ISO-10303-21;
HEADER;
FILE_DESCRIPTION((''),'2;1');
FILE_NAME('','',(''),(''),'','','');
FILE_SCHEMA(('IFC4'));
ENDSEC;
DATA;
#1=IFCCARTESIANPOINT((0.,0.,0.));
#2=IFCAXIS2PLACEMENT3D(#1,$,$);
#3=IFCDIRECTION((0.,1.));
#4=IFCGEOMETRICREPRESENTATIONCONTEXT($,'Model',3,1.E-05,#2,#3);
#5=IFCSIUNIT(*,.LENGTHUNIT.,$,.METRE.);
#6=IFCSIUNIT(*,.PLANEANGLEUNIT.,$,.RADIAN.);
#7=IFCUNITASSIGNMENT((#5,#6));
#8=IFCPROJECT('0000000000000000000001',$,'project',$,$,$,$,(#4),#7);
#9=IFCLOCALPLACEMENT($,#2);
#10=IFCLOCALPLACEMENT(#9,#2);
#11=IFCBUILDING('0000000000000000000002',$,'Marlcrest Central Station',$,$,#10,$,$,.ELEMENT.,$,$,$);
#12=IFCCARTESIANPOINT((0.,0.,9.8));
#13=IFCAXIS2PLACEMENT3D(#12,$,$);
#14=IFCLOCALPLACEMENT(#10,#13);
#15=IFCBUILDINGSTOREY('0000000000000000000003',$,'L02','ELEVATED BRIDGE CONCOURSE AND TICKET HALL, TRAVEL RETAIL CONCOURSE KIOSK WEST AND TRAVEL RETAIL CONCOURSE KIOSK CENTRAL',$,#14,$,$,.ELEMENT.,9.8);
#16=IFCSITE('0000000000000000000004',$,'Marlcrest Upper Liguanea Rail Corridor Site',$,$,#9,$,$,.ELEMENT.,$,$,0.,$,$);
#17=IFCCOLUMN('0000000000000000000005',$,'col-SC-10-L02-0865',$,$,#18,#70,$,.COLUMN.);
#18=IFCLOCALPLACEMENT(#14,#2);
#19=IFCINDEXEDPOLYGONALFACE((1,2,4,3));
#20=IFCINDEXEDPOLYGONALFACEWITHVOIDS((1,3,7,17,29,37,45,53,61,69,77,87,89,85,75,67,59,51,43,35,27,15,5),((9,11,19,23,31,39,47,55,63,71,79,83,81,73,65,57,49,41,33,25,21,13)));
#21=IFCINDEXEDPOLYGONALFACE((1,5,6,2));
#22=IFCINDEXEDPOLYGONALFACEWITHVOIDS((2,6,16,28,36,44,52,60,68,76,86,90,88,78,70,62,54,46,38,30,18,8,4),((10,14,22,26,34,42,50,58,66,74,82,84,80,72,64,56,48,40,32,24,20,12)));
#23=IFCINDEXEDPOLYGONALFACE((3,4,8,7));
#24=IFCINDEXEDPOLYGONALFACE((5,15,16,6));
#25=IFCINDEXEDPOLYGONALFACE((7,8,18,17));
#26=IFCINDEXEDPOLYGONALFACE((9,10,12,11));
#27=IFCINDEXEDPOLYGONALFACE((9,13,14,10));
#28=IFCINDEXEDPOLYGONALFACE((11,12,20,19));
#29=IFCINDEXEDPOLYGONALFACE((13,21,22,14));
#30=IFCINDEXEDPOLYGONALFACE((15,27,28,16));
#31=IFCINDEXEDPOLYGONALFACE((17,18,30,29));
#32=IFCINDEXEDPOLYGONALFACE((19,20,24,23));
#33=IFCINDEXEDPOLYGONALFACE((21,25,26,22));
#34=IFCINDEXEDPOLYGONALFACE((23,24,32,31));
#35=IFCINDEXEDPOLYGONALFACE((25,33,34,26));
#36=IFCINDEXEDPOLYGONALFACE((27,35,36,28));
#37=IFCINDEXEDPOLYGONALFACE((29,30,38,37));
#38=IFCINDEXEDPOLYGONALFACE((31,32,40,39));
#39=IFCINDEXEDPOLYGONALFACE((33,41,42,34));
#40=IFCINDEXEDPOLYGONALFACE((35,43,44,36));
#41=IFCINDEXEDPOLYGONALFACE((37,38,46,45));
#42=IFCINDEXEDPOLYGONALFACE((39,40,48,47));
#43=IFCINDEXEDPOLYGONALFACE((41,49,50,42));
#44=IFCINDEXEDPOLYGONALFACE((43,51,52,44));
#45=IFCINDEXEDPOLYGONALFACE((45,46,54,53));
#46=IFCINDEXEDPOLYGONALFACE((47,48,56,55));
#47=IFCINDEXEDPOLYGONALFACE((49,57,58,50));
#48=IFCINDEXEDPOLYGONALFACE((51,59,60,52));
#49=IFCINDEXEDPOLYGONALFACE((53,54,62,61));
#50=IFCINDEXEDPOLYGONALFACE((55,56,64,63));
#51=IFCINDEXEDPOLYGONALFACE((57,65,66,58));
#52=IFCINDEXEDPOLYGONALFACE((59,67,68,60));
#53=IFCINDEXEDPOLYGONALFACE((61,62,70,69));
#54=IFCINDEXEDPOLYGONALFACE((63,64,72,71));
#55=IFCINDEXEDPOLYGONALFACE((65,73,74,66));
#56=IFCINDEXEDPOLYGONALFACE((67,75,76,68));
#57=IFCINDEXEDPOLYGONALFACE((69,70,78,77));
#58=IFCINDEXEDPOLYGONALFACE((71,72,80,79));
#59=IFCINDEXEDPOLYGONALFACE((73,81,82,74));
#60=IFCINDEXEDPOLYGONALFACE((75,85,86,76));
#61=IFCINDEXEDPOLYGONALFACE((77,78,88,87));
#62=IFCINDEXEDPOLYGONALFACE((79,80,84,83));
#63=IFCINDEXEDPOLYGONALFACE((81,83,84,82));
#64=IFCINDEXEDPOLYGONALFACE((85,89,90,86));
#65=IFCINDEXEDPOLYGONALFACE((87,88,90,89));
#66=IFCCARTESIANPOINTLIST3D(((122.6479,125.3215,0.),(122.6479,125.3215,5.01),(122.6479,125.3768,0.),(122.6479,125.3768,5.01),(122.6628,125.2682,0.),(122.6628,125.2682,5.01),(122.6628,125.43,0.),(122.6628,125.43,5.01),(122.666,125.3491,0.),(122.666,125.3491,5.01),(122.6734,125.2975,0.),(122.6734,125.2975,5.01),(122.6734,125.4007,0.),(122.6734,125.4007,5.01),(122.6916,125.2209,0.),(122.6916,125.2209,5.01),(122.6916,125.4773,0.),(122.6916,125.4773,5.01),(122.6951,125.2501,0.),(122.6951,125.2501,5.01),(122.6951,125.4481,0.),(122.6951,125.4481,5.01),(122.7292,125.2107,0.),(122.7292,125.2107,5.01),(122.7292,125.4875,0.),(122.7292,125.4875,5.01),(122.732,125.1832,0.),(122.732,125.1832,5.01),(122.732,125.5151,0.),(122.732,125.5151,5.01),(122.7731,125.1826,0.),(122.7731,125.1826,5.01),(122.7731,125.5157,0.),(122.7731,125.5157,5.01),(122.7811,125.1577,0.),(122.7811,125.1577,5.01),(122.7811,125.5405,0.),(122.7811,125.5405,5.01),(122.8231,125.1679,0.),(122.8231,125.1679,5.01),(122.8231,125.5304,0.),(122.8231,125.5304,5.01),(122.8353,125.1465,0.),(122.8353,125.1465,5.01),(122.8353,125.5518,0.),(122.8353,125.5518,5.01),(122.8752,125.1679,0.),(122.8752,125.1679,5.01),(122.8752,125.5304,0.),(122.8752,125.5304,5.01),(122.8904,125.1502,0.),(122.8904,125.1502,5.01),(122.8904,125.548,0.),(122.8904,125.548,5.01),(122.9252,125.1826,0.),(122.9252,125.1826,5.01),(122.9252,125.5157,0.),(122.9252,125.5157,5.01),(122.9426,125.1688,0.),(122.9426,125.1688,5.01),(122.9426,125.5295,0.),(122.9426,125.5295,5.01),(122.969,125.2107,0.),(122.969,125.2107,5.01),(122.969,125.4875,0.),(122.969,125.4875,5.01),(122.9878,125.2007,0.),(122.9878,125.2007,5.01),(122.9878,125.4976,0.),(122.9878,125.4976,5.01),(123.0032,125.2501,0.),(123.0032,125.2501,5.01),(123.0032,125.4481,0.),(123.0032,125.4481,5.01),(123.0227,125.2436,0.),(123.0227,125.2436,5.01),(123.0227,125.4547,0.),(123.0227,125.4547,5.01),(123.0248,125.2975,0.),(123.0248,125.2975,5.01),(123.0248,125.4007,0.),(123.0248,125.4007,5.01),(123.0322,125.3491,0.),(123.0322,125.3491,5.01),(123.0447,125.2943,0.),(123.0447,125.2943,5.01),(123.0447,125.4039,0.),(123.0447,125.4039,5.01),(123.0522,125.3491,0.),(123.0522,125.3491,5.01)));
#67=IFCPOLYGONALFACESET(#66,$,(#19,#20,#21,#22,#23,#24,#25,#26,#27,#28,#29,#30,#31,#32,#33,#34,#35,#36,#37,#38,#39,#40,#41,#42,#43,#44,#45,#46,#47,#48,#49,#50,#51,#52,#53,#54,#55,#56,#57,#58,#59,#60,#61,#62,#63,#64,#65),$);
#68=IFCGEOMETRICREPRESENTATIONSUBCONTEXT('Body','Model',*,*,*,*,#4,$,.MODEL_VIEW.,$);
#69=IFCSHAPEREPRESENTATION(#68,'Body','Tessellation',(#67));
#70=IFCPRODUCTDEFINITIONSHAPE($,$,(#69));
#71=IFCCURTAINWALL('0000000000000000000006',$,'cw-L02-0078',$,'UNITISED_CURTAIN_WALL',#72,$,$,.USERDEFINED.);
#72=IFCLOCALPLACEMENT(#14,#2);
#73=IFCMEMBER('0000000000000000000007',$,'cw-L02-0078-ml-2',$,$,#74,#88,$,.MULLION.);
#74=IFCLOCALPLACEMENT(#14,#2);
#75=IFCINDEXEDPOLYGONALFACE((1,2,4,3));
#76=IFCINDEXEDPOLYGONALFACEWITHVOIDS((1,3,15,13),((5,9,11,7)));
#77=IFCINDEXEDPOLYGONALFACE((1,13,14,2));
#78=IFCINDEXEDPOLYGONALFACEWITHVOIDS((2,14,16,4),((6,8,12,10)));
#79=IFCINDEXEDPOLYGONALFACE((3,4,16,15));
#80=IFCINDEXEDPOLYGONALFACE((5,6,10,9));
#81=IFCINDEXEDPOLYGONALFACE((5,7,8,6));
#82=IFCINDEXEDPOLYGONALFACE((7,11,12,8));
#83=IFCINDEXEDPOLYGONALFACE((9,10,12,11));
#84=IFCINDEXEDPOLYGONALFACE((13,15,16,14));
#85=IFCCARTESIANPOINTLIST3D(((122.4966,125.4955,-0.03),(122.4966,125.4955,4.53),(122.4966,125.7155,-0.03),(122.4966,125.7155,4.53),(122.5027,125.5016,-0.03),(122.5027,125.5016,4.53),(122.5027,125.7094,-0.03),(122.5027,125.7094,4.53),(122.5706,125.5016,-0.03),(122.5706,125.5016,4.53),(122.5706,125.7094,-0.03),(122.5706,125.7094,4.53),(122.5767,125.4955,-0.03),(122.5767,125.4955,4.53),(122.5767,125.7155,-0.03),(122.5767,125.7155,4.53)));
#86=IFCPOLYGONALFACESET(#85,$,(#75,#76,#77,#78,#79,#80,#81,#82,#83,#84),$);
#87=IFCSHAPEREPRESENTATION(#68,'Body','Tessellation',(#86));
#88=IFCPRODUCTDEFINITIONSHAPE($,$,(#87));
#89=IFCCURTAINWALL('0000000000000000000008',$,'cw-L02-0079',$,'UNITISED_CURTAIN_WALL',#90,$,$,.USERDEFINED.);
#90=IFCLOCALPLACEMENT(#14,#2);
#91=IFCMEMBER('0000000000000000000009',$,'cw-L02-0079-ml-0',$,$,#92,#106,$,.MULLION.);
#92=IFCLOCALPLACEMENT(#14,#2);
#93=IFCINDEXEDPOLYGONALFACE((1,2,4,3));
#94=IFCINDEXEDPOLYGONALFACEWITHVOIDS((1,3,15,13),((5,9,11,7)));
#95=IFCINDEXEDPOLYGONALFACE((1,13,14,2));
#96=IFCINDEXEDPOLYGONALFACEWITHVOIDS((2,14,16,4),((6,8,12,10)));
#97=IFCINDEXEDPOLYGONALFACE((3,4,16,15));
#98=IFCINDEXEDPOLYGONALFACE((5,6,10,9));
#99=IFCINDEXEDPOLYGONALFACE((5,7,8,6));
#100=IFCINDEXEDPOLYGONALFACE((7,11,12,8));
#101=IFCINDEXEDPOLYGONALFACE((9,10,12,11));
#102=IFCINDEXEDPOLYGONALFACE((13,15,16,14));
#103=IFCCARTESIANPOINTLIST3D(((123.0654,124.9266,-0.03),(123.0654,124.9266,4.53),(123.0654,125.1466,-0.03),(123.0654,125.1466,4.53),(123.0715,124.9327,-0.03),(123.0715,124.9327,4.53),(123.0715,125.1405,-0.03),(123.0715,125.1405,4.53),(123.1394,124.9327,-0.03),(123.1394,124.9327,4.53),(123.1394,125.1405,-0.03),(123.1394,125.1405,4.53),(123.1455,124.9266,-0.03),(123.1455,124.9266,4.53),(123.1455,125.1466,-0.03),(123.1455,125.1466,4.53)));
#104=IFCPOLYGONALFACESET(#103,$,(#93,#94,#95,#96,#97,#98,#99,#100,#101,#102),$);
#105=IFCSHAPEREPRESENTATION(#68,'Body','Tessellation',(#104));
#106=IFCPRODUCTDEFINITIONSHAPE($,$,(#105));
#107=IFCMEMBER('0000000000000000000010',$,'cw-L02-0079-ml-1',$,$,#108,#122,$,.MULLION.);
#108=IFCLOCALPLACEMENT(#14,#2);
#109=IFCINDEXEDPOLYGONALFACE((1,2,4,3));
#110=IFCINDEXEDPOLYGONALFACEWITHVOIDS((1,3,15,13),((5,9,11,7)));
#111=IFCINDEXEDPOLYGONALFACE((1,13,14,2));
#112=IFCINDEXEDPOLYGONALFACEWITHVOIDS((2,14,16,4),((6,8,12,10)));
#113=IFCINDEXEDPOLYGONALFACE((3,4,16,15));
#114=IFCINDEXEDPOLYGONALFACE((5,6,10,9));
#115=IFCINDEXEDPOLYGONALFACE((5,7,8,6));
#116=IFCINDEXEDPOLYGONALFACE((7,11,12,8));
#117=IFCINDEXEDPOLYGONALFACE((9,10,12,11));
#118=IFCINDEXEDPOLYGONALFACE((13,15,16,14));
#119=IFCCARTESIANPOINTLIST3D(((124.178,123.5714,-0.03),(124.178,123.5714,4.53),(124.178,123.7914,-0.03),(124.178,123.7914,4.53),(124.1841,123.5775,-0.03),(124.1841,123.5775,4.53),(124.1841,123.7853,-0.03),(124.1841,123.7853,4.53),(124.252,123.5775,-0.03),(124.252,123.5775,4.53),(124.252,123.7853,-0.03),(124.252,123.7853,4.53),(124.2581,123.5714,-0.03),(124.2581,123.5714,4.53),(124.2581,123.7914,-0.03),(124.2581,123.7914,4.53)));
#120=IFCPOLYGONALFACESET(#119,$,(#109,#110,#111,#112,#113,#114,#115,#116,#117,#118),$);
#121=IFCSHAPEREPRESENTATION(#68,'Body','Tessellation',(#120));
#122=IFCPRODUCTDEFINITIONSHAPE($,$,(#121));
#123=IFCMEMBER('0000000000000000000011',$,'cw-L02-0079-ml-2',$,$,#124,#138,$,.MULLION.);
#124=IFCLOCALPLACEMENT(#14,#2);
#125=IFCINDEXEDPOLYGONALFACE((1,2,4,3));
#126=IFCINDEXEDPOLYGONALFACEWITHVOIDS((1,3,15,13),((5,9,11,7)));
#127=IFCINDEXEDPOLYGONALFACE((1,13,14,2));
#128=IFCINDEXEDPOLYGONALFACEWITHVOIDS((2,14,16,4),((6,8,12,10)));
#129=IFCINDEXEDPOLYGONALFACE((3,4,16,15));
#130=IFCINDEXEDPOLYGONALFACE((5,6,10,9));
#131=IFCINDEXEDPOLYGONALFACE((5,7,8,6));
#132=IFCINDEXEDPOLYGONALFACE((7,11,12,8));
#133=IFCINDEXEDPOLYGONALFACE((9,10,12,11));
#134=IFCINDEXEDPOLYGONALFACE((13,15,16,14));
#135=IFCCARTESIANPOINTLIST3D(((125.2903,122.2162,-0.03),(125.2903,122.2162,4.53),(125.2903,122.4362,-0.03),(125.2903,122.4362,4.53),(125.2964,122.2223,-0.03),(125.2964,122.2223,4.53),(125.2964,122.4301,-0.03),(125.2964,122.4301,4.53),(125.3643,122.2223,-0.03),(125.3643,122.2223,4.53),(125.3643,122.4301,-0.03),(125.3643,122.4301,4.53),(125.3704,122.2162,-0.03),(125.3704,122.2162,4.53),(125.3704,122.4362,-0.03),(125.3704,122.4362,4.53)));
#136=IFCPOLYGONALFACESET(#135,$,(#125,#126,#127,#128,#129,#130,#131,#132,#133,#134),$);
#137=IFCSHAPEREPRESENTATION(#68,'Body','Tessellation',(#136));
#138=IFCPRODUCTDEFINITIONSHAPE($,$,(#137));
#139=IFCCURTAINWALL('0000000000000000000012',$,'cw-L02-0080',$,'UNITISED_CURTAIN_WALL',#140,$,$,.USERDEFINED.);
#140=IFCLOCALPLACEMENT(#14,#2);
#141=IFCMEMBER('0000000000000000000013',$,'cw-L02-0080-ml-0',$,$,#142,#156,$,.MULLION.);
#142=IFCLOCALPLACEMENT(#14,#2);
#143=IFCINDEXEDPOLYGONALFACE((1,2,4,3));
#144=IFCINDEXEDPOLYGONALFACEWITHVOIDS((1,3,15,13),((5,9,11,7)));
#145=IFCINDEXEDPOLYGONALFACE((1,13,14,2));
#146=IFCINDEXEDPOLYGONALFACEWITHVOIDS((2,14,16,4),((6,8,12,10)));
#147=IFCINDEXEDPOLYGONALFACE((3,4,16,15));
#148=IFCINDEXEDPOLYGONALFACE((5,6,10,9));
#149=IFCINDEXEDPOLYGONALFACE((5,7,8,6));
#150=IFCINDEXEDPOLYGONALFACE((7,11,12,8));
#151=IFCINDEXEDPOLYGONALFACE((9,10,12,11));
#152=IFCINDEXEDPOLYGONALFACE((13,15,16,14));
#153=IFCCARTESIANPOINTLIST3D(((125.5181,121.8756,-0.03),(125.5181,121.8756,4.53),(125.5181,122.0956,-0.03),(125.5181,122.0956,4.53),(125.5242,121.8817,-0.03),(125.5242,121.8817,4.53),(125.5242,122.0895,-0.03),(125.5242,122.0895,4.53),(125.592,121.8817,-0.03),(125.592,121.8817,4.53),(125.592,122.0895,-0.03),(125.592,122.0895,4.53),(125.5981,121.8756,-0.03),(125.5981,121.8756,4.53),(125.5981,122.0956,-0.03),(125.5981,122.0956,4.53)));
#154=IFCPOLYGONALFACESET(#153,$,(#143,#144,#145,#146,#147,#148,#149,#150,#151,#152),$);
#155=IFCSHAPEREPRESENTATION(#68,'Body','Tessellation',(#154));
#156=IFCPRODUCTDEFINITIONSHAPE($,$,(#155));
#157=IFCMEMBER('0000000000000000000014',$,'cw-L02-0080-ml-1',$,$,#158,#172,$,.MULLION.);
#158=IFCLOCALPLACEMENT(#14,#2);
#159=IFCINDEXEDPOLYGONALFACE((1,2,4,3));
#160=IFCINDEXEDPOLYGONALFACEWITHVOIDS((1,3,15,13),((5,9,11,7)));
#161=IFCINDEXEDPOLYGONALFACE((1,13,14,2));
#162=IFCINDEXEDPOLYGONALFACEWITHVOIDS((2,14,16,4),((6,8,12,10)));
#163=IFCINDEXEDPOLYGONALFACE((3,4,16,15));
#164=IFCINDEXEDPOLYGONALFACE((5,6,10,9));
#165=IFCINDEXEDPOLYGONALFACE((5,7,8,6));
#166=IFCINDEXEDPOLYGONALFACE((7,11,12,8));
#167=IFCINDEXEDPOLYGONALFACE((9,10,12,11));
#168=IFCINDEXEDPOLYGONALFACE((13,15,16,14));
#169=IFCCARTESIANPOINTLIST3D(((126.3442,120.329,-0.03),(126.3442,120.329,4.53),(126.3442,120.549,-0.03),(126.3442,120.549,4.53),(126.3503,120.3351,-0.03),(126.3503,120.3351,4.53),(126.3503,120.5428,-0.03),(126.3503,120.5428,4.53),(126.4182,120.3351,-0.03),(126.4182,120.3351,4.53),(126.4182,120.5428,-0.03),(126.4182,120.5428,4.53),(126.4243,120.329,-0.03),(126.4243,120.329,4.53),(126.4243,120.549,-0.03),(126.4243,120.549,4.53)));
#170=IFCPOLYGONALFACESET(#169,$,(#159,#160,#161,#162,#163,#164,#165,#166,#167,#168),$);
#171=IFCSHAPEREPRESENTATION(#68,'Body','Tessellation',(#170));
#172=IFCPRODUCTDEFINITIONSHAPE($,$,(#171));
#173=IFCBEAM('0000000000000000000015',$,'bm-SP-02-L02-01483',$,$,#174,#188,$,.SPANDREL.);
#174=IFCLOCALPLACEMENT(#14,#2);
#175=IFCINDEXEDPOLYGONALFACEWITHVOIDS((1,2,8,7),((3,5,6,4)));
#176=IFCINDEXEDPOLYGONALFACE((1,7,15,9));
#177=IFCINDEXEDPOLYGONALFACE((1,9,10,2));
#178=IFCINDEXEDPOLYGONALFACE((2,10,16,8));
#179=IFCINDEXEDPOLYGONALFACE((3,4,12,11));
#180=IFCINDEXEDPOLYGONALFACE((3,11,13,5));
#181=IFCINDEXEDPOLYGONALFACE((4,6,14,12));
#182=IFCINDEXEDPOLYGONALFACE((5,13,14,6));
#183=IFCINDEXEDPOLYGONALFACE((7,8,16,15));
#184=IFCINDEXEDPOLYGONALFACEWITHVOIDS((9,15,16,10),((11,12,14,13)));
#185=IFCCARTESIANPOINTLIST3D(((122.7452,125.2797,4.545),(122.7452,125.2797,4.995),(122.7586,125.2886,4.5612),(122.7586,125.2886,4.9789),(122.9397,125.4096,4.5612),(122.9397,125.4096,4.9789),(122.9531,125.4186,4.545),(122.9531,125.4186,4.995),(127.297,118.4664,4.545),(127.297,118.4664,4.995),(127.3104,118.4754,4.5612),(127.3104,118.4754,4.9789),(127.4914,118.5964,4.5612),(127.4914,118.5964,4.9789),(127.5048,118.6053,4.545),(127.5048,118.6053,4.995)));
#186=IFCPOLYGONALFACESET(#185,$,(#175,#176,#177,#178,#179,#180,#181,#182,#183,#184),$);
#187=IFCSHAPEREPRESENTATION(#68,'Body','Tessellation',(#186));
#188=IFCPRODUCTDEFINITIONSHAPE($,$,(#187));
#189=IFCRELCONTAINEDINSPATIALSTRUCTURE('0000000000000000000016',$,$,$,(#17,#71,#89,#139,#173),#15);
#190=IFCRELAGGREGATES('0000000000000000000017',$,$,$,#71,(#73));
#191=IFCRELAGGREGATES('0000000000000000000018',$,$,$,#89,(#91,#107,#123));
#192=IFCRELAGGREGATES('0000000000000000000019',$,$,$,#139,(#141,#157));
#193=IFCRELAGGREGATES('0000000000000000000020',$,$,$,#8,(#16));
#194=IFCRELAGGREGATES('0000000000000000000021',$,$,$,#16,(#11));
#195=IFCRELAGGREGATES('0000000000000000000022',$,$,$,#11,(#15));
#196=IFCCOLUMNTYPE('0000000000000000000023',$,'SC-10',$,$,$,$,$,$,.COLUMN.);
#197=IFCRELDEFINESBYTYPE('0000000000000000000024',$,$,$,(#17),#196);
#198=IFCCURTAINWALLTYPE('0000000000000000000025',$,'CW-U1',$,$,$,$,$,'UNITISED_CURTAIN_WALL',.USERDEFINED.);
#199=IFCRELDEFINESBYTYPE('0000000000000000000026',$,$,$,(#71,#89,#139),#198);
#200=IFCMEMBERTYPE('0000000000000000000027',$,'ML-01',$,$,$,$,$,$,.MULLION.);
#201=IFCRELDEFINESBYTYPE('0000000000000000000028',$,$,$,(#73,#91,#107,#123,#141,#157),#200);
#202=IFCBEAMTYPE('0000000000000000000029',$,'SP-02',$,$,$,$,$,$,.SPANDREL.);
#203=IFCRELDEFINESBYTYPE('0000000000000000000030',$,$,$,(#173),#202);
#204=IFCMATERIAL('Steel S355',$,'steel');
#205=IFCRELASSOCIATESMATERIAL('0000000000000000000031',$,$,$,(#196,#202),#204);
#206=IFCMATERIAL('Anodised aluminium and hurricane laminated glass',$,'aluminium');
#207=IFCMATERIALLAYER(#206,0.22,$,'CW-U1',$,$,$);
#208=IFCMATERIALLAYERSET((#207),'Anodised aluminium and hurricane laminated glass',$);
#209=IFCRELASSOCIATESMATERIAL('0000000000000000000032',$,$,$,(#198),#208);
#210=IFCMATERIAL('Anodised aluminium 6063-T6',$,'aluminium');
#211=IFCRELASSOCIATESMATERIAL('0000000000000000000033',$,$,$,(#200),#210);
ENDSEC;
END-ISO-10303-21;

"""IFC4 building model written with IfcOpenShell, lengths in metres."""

from ifc_helpers import new_model, si_unit, direction, frame, origin, origin_2d, place, context, subcontext, project, spatial, hollow_rectangle, hollow_circle, extrude, material, layer, layer_set, material_profile, profile_set, type_object, element, aggregate, save


model = new_model("IFC4")

# Units and contexts
model_context = context("Model", 3, precision=1e-05, world=origin(), true_north=direction((0.0, 1.0)))
body_context = subcontext(model_context, "Body", "Model", "MODEL_VIEW")
ifc_project = project(units=[si_unit("LENGTHUNIT", "METRE"), si_unit("PLANEANGLEUNIT", "RADIAN")], contexts=[model_context])

# Site, building, storey
site_placement = place(None, origin())
site = spatial("IfcSite", under=ifc_project, at=site_placement, Name="Marlcrest Upper Liguanea Rail Corridor Site", CompositionType="ELEMENT", RefElevation=0.0)
building_placement = place(site_placement, origin())
building = spatial("IfcBuilding", under=site, at=building_placement, Name="Marlcrest Central Station", CompositionType="ELEMENT")
storey_placement = place(building_placement, frame((0.0, 0.0, 9.8)))
storey = spatial("IfcBuildingStorey", under=building, at=storey_placement, Name="L02", Description="ELEVATED BRIDGE CONCOURSE AND TICKET HALL, TRAVEL RETAIL CONCOURSE KIOSK WEST AND TRAVEL RETAIL CONCOURSE KIOSK CENTRAL", CompositionType="ELEMENT", Elevation=9.8)

# Column
ifc_material_1 = material(Name="Steel S355", Category="steel")
ifc_material_profile_1 = material_profile(ifc_material_1, hollow_circle(Radius=0.2031, WallThickness=0.02, at=origin_2d()), Name="CHS 406.4x20")
ifc_profile_set_1 = profile_set([ifc_material_profile_1], Name="Steel S355")
column_type = type_object("IfcColumnType", Name="SC-10", PredefinedType="COLUMN", material=ifc_profile_set_1)
column_placement = place(storey_placement, frame((122.8491, 125.3491, 0.0), z_axis=(0.0, 0.0, 1.0), x_axis=(1.0, 0.0, 0.0)))
element("IfcColumn", 1, at=column_placement, inside=storey, type_object=column_type, Name="col-SC-10-L02-0865", PredefinedType="COLUMN", context=body_context, shape_type="SweptSolid", body=[
    extrude(hollow_circle(Radius=0.2031, WallThickness=0.02, at=origin_2d()), origin(), (0.0, 0.0, 1.0), 5.01),
])

# Curtain wall, member
ifc_material_2 = material(Name="Anodised aluminium and hurricane laminated glass", Category="aluminium")
ifc_layer_1 = layer(ifc_material_2, 0.22, Name="CW-U1")
ifc_layer_set_1 = layer_set([ifc_layer_1], Name="Anodised aluminium and hurricane laminated glass")
curtain_wall_type = type_object("IfcCurtainWallType", Name="CW-U1", ElementType="UNITISED_CURTAIN_WALL", PredefinedType="USERDEFINED", material=ifc_layer_set_1)
curtain_wall_1_placement = place(storey_placement, origin())
curtain_wall_1 = element("IfcCurtainWall", 2, at=curtain_wall_1_placement, inside=storey, type_object=curtain_wall_type, Name="cw-L02-0078", ObjectType="UNITISED_CURTAIN_WALL", PredefinedType="USERDEFINED")
ifc_material_3 = material(Name="Anodised aluminium 6063-T6", Category="aluminium")
ifc_material_profile_2 = material_profile(ifc_material_3, hollow_rectangle(XDim=0.0801, YDim=0.22, WallThickness=0.0061, at=origin_2d()), Name="AA-RHS 220x80x6")
ifc_profile_set_2 = profile_set([ifc_material_profile_2], Name="Anodised aluminium 6063-T6")
member_type_1 = type_object("IfcMemberType", Name="ML-01", PredefinedType="MULLION", material=ifc_profile_set_2)
member_1_placement = place(storey_placement, frame((122.5366, 125.6055, -0.03), z_axis=(0.0, 0.0, 1.0), x_axis=(1.0, 0.0, 0.0)))
member_1 = element("IfcMember", 3, at=member_1_placement, type_object=member_type_1, Name="cw-L02-0078-ml-2", PredefinedType="MULLION", context=body_context, shape_type="SweptSolid", body=[
    extrude(hollow_rectangle(XDim=0.0801, YDim=0.22, WallThickness=0.0061, at=origin_2d()), origin(), (0.0, 0.0, 1.0), 4.5601),
])
aggregate(curtain_wall_1, [member_1])

# Curtain walls, members
curtain_wall_2_placement = place(storey_placement, origin())
curtain_wall_2 = element("IfcCurtainWall", 4, at=curtain_wall_2_placement, inside=storey, type_object=curtain_wall_type, Name="cw-L02-0079", ObjectType="UNITISED_CURTAIN_WALL", PredefinedType="USERDEFINED")
member_2_placement = place(storey_placement, frame((123.1055, 125.0366, -0.03), z_axis=(0.0, 0.0, 1.0), x_axis=(1.0, 0.0, 0.0)))
member_2 = element("IfcMember", 5, at=member_2_placement, type_object=member_type_1, Name="cw-L02-0079-ml-0", PredefinedType="MULLION", context=body_context, shape_type="SweptSolid", body=[
    extrude(hollow_rectangle(XDim=0.0801, YDim=0.22, WallThickness=0.0061, at=origin_2d()), origin(), (0.0, 0.0, 1.0), 4.5601),
])
member_3_placement = place(storey_placement, frame((124.218, 123.6814, -0.03), z_axis=(0.0, 0.0, 1.0), x_axis=(1.0, 0.0, 0.0)))
member_3 = element("IfcMember", 6, at=member_3_placement, type_object=member_type_1, Name="cw-L02-0079-ml-1", PredefinedType="MULLION", context=body_context, shape_type="SweptSolid", body=[
    extrude(hollow_rectangle(XDim=0.0801, YDim=0.22, WallThickness=0.0061, at=origin_2d()), origin(), (0.0, 0.0, 1.0), 4.5601),
])
member_4_placement = place(storey_placement, frame((125.3303, 122.3262, -0.03), z_axis=(0.0, 0.0, 1.0), x_axis=(1.0, 0.0, 0.0)))
member_4 = element("IfcMember", 7, at=member_4_placement, type_object=member_type_1, Name="cw-L02-0079-ml-2", PredefinedType="MULLION", context=body_context, shape_type="SweptSolid", body=[
    extrude(hollow_rectangle(XDim=0.0801, YDim=0.22, WallThickness=0.0061, at=origin_2d()), origin(), (0.0, 0.0, 1.0), 4.5601),
])
curtain_wall_3_placement = place(storey_placement, origin())
curtain_wall_3 = element("IfcCurtainWall", 8, at=curtain_wall_3_placement, inside=storey, type_object=curtain_wall_type, Name="cw-L02-0080", ObjectType="UNITISED_CURTAIN_WALL", PredefinedType="USERDEFINED")
member_5_placement = place(storey_placement, frame((125.5581, 121.9856, -0.03), z_axis=(0.0, 0.0, 1.0), x_axis=(1.0, 0.0, 0.0)))
member_5 = element("IfcMember", 9, at=member_5_placement, type_object=member_type_1, Name="cw-L02-0080-ml-0", PredefinedType="MULLION", context=body_context, shape_type="SweptSolid", body=[
    extrude(hollow_rectangle(XDim=0.0801, YDim=0.22, WallThickness=0.0061, at=origin_2d()), origin(), (0.0, 0.0, 1.0), 4.5601),
])
member_6_placement = place(storey_placement, frame((126.3843, 120.439, -0.03), z_axis=(0.0, 0.0, 1.0), x_axis=(1.0, 0.0, 0.0)))
member_6 = element("IfcMember", 10, at=member_6_placement, type_object=member_type_1, Name="cw-L02-0080-ml-1", PredefinedType="MULLION", context=body_context, shape_type="SweptSolid", body=[
    extrude(hollow_rectangle(XDim=0.0801, YDim=0.22, WallThickness=0.0061, at=origin_2d()), origin(), (0.0, 0.0, 1.0), 4.5601),
])

# Beam
ifc_material_profile_3 = material_profile(ifc_material_1, hollow_rectangle(XDim=0.25, YDim=0.45, WallThickness=0.0161, at=origin_2d()), Name="RHS 450x250x16")
ifc_profile_set_3 = profile_set([ifc_material_profile_3], Name="Steel S355")
beam_type = type_object("IfcBeamType", Name="SP-02", PredefinedType="SPANDREL", material=ifc_profile_set_3)
beam_placement = place(storey_placement, frame((122.8491, 125.3491, 4.77), z_axis=(0.555511, -0.831509, 0.0), x_axis=(0.831509, 0.555511, 0.0)))
element("IfcBeam", 11, at=beam_placement, inside=storey, type_object=beam_type, Name="bm-SP-02-L02-01483", PredefinedType="SPANDREL", context=body_context, shape_type="SweptSolid", body=[
    extrude(hollow_rectangle(XDim=0.25, YDim=0.45, WallThickness=0.0161, at=origin_2d()), origin(), (0.0, 0.0, 1.0), 8.1938),
])

aggregate(curtain_wall_2, [member_2, member_3, member_4])
aggregate(curtain_wall_3, [member_5, member_6])

save(model, "model.ifc")
